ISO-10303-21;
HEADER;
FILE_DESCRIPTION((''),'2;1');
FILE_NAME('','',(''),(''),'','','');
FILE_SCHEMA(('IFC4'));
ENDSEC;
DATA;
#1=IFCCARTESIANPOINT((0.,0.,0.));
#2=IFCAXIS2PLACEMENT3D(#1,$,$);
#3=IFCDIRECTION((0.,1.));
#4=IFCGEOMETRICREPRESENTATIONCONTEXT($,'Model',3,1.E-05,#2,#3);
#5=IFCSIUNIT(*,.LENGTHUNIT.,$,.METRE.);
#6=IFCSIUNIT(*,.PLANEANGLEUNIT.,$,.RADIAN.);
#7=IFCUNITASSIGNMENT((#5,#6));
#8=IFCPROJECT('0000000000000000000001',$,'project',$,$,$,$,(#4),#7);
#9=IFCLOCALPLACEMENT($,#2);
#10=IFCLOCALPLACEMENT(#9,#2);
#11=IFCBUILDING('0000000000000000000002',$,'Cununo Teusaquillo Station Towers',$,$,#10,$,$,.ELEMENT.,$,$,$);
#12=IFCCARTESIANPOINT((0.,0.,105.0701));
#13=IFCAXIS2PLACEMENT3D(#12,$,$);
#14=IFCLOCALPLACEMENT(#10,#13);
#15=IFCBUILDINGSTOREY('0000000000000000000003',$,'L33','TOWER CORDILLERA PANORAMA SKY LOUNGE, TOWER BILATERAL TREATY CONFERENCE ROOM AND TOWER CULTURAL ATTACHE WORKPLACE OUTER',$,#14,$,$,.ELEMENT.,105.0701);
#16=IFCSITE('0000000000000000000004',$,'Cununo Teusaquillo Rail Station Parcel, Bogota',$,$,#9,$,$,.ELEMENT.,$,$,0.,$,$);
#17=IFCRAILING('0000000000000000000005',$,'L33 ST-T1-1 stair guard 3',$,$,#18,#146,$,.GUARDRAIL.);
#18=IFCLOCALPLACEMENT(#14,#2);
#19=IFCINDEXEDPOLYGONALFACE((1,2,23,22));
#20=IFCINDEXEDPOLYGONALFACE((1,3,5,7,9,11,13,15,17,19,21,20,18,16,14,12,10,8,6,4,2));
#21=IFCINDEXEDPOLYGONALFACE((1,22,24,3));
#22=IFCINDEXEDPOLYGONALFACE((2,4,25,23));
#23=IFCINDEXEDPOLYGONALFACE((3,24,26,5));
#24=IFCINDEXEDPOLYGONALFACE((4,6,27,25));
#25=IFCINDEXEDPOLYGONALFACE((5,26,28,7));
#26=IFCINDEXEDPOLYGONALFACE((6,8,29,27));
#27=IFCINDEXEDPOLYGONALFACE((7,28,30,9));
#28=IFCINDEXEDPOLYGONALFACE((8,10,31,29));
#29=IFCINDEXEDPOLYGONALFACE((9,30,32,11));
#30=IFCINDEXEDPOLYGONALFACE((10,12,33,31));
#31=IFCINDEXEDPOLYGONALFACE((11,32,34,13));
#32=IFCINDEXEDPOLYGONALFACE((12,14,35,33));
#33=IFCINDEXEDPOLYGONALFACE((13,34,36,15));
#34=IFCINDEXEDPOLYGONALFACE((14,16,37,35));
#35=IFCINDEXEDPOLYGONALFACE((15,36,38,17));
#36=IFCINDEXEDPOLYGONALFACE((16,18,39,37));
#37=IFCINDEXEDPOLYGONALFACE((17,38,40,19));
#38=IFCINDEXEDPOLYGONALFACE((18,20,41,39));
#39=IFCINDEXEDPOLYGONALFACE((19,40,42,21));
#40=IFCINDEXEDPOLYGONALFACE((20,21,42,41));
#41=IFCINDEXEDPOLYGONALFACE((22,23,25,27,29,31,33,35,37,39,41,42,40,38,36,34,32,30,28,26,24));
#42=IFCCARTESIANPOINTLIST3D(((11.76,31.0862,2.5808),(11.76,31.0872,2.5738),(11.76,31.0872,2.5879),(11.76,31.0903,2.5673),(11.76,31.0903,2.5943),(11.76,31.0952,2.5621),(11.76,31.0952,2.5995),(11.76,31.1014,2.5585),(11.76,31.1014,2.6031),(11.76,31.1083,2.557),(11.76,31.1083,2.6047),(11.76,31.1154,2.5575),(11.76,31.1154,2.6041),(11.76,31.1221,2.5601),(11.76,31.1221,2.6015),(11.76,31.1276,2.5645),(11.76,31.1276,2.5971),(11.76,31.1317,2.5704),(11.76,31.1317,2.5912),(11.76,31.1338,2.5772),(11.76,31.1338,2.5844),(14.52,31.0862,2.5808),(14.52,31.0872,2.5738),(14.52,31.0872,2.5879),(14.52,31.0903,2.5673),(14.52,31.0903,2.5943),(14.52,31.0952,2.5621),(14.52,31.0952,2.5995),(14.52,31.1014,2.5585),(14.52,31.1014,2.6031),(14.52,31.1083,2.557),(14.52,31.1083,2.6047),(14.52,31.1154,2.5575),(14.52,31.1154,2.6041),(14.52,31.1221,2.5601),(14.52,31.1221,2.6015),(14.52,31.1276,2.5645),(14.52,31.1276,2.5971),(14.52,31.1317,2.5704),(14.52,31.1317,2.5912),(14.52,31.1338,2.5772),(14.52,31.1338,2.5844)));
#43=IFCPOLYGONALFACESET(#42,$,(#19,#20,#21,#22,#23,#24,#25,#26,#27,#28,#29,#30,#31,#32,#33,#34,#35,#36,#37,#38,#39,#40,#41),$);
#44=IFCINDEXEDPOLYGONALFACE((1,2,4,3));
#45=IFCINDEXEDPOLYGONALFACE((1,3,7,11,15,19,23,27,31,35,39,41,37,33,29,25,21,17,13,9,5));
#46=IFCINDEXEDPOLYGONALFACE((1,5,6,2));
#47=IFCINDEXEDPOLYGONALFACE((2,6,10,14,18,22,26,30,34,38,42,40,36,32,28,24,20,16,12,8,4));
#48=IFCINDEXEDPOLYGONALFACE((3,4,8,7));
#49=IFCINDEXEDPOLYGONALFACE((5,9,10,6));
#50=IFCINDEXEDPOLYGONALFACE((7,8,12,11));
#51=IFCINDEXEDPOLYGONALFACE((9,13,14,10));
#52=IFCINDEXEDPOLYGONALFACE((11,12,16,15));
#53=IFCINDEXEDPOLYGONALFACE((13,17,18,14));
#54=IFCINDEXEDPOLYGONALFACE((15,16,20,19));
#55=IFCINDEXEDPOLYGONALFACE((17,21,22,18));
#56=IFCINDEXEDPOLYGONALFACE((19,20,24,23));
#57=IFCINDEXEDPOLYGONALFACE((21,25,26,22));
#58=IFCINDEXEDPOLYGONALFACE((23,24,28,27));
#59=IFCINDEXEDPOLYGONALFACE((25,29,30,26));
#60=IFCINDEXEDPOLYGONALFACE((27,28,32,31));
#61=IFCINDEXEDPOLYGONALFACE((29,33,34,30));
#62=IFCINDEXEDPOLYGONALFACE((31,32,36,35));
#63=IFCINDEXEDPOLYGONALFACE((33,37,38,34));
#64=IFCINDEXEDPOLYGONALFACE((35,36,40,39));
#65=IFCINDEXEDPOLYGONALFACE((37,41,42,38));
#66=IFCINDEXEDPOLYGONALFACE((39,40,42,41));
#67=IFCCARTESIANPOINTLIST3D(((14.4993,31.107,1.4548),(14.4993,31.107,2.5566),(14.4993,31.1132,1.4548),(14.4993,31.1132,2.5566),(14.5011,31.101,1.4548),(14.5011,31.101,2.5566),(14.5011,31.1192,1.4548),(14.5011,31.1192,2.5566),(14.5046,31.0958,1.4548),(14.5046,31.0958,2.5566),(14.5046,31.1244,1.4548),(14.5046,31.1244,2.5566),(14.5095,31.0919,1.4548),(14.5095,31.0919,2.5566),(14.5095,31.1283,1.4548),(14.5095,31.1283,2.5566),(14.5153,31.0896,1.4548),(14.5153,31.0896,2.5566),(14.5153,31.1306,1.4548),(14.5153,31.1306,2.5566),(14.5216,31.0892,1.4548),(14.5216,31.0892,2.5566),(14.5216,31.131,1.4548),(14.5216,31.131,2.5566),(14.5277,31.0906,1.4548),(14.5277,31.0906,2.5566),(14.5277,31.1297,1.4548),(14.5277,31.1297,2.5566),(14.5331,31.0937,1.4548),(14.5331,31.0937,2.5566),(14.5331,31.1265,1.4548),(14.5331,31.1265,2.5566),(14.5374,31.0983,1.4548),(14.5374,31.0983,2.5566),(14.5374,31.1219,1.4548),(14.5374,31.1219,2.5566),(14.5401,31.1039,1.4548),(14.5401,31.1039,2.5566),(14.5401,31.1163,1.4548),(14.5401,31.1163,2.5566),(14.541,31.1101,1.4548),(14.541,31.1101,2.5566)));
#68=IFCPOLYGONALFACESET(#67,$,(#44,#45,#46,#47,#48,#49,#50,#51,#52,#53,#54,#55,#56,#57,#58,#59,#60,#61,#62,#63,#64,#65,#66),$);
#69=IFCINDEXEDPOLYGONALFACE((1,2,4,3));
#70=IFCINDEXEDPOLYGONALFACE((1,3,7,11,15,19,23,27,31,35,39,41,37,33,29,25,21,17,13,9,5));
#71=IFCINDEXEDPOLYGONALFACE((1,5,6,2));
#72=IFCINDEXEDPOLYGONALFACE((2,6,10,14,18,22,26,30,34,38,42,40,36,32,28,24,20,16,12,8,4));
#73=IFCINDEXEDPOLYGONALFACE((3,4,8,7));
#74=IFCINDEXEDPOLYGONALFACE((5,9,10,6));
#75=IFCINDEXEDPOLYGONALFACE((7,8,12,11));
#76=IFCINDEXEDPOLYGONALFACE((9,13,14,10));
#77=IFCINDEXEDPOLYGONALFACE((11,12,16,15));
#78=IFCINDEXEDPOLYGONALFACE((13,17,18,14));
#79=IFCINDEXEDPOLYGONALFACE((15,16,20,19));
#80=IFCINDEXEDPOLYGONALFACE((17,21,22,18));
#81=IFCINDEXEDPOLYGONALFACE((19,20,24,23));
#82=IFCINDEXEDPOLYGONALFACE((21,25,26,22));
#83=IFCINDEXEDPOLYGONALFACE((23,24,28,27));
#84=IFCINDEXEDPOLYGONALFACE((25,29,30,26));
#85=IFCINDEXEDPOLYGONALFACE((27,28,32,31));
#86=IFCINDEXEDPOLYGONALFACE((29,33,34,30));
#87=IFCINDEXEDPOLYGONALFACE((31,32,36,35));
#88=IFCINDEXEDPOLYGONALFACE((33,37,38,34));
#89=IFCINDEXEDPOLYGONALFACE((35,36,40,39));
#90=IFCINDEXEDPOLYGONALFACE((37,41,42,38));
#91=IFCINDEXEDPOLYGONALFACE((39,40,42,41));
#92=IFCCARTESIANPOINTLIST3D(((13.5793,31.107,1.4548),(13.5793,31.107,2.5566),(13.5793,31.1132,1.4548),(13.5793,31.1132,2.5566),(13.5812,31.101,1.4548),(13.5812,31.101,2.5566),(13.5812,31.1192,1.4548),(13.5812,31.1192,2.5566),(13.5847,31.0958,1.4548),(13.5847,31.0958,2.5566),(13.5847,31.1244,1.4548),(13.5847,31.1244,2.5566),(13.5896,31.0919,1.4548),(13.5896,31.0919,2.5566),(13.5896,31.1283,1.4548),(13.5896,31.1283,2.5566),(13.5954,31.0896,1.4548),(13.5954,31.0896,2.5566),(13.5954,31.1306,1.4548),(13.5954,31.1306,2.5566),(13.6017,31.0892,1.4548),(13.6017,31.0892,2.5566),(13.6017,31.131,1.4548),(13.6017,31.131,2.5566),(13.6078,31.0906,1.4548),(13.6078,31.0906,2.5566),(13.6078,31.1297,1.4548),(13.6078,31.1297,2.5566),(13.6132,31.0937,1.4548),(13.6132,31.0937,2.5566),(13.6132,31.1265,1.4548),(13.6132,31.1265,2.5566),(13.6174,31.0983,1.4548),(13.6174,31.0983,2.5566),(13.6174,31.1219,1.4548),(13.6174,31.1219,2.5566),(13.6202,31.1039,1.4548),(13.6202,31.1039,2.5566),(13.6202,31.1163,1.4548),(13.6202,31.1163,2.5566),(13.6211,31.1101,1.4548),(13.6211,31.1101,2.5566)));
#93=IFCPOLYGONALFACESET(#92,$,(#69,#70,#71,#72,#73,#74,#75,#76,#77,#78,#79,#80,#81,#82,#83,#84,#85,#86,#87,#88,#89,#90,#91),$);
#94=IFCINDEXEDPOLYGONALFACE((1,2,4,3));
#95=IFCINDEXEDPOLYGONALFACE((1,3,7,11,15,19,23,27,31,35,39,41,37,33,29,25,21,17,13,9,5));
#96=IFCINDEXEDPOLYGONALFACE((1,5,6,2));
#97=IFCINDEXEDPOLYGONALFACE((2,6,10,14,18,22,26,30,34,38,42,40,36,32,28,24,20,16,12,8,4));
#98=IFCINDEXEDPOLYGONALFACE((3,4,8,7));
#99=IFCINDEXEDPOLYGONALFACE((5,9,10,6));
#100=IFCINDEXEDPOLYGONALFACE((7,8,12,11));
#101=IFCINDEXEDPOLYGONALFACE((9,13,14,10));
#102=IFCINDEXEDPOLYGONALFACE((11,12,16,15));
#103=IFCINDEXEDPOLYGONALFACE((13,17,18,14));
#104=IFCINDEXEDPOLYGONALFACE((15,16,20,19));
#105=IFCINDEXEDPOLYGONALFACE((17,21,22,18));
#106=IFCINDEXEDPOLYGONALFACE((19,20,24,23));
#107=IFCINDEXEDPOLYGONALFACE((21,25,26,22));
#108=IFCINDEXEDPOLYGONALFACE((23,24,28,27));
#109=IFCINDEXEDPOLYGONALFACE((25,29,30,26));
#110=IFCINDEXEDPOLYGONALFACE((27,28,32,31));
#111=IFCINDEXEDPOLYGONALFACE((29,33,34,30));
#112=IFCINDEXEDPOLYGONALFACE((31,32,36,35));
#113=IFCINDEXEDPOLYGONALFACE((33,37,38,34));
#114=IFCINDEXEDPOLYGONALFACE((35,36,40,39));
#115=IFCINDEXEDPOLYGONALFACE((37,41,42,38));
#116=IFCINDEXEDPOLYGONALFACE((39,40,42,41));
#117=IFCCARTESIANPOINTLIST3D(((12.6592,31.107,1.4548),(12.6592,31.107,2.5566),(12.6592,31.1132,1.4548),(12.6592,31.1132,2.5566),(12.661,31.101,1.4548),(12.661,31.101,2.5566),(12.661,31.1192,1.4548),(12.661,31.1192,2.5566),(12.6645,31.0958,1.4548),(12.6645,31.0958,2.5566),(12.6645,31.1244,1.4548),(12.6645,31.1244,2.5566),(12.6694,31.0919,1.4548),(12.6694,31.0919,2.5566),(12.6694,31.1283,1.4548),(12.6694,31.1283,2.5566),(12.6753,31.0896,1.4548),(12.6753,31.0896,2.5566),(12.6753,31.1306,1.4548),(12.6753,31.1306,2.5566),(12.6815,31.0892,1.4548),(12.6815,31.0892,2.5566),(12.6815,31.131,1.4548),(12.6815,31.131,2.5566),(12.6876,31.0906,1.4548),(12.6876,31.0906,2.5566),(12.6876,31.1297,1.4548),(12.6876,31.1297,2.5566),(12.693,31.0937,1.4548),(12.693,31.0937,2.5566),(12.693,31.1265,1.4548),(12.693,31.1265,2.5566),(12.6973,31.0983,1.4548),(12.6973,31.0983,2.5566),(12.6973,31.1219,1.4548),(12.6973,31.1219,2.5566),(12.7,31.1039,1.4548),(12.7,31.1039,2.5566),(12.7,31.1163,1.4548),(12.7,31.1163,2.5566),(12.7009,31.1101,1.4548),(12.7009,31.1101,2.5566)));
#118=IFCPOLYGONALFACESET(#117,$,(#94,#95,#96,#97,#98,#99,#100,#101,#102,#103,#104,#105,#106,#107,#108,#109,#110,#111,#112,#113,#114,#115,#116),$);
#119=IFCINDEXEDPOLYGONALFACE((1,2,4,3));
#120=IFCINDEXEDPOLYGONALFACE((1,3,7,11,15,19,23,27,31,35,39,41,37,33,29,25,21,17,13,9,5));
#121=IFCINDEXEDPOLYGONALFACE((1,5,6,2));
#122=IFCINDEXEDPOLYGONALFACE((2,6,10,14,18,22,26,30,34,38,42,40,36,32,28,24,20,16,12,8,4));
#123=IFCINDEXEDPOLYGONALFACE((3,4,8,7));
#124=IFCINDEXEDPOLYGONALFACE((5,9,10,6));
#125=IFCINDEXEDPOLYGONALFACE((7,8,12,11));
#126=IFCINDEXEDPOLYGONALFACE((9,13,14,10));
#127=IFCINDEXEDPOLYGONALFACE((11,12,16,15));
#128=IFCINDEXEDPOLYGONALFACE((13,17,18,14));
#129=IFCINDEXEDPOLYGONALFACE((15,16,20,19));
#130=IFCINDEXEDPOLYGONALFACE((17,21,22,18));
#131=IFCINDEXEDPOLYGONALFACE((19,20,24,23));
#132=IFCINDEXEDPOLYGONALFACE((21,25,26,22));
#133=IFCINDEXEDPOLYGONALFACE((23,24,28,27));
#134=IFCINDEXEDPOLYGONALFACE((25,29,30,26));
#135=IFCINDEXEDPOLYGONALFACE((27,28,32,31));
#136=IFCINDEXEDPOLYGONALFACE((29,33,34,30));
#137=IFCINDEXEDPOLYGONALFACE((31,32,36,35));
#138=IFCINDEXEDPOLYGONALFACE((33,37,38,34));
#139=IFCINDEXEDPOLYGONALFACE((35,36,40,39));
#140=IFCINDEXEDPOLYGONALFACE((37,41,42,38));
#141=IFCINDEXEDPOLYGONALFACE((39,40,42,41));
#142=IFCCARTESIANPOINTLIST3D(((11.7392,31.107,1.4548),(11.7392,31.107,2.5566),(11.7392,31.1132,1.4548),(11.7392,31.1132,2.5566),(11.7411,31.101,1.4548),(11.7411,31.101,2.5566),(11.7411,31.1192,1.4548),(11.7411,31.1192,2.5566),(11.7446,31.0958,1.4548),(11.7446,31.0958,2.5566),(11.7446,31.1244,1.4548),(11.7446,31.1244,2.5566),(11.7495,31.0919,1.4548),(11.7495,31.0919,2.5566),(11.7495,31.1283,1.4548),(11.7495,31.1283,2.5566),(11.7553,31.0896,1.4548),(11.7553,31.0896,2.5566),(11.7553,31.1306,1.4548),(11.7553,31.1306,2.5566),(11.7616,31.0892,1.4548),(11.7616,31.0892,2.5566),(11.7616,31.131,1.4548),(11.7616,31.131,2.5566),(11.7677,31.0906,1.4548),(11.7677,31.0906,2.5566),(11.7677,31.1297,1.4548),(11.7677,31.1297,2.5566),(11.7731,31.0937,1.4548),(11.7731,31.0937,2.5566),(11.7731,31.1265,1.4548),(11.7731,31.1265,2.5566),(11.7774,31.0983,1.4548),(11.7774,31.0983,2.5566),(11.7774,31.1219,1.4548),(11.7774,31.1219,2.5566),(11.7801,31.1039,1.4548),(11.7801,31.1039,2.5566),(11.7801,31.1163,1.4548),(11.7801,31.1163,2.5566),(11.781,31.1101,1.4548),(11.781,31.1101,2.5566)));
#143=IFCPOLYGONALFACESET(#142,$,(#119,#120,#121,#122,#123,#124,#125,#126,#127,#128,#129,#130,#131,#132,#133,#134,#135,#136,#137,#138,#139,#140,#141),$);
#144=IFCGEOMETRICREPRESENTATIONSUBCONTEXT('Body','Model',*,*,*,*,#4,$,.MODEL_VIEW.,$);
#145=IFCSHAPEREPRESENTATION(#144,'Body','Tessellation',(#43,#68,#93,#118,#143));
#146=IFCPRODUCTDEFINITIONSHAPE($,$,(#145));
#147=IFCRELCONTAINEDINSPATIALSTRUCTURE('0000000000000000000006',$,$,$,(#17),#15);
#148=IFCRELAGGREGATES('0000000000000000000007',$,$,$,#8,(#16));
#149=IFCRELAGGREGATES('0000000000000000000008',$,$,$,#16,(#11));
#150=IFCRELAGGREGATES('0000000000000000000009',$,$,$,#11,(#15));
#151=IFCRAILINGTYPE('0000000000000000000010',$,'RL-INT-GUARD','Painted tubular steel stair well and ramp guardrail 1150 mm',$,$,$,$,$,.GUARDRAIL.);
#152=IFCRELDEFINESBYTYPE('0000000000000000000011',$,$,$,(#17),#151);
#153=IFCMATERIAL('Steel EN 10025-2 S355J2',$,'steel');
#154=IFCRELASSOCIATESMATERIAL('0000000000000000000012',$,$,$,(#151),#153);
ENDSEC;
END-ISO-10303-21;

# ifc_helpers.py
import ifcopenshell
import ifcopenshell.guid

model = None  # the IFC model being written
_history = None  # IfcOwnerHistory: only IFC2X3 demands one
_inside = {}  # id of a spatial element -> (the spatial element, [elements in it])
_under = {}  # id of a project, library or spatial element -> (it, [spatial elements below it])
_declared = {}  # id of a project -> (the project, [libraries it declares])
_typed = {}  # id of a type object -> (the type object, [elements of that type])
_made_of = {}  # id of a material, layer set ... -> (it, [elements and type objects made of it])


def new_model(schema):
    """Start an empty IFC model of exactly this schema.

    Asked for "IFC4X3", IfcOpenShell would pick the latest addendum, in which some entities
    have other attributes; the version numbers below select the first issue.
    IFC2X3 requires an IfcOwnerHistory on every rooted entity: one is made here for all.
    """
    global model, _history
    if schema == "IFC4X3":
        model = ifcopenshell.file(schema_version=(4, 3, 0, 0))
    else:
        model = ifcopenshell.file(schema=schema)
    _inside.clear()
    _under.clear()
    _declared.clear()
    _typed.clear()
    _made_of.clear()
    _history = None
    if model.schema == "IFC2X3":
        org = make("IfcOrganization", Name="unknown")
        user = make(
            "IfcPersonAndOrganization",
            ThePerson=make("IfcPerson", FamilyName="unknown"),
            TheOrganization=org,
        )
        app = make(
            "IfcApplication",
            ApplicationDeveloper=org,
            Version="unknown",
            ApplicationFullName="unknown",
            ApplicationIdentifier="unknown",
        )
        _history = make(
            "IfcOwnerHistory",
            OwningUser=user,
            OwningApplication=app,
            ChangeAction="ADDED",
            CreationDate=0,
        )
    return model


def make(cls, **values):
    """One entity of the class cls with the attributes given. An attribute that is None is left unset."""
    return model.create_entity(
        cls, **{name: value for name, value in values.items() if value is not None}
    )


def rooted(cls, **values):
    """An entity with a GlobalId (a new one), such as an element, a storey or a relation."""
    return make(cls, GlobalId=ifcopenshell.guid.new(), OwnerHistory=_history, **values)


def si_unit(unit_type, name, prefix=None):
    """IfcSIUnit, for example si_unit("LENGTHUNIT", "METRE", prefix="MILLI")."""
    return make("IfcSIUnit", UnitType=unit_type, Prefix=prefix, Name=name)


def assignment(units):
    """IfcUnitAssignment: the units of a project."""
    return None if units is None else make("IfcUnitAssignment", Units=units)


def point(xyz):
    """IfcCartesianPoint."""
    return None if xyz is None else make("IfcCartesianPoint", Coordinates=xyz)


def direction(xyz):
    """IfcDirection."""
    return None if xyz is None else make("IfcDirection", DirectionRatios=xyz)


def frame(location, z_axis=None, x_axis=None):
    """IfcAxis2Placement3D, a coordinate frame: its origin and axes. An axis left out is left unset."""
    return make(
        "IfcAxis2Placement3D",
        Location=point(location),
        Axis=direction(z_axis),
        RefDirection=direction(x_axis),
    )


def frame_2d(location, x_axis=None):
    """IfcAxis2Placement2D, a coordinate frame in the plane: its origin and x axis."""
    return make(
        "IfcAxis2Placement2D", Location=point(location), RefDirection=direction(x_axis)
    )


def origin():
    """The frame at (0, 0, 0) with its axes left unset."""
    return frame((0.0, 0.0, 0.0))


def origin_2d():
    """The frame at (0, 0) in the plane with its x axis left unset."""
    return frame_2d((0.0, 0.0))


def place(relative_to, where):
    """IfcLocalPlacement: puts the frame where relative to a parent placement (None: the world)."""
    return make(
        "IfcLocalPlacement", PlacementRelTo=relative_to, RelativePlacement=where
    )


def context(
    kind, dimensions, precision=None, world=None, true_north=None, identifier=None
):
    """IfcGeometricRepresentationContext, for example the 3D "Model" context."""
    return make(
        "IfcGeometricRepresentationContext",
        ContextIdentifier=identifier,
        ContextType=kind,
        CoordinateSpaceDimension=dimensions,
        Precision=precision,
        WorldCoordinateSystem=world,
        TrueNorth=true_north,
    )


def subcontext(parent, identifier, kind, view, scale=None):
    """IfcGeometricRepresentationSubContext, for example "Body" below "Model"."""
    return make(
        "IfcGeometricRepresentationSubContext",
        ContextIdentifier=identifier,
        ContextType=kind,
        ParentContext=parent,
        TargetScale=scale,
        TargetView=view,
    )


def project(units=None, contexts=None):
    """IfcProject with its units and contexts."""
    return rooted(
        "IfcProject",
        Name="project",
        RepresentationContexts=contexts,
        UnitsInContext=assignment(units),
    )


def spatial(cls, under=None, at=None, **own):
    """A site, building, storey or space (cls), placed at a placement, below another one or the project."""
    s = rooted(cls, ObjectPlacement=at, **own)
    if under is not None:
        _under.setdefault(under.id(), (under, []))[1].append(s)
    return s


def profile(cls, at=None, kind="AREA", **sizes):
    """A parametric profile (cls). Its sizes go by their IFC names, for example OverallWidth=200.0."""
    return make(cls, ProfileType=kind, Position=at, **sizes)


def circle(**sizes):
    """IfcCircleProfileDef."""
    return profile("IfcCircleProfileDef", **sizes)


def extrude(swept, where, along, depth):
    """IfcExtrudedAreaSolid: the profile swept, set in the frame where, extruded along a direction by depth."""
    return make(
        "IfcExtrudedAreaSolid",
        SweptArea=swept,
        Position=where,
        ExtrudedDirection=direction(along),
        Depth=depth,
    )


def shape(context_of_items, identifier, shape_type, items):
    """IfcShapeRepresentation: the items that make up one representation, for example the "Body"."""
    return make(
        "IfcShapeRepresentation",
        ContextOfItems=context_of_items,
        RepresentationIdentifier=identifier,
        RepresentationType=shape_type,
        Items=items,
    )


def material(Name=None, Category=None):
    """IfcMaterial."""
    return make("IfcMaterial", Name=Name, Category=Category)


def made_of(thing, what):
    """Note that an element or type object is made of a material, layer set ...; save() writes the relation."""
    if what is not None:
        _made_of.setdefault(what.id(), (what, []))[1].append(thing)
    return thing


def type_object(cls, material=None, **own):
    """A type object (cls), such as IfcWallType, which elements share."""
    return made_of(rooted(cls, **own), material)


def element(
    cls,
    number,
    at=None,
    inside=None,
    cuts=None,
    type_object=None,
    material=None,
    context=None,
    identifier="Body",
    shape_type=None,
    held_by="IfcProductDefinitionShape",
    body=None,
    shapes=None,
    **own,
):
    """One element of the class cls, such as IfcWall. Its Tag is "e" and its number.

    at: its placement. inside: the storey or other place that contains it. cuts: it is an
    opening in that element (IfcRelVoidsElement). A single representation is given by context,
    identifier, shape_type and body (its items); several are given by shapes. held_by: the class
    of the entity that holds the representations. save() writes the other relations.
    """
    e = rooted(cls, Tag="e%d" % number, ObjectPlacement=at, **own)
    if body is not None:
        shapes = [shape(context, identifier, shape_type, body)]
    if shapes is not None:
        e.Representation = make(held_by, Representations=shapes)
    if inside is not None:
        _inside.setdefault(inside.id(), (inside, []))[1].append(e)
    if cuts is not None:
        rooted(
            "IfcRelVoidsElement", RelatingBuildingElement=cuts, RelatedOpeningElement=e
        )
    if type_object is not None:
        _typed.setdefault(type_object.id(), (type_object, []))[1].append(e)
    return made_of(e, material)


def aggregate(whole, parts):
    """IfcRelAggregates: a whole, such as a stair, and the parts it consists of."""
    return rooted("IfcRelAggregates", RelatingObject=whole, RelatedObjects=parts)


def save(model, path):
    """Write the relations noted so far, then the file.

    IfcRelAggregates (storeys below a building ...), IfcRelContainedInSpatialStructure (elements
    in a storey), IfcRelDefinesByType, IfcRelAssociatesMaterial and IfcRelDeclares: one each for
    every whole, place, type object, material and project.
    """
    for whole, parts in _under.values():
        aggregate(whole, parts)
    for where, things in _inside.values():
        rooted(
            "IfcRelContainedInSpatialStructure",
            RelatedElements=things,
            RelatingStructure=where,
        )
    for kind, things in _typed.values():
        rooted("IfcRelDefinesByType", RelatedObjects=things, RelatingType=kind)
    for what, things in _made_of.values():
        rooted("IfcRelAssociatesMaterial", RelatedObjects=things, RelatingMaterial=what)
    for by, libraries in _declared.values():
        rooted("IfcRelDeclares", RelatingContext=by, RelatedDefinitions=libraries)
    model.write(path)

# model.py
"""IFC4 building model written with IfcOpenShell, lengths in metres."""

from ifc_helpers import new_model, si_unit, direction, frame, origin, origin_2d, place, context, subcontext, project, spatial, circle, extrude, material, type_object, element, save


model = new_model("IFC4")

# Units and contexts
model_context = context("Model", 3, precision=1e-05, world=origin(), true_north=direction((0.0, 1.0)))
body_context = subcontext(model_context, "Body", "Model", "MODEL_VIEW")
ifc_project = project(units=[si_unit("LENGTHUNIT", "METRE"), si_unit("PLANEANGLEUNIT", "RADIAN")], contexts=[model_context])

# Site, building, storey
site_placement = place(None, origin())
site = spatial("IfcSite", under=ifc_project, at=site_placement, Name="Cununo Teusaquillo Rail Station Parcel, Bogota", CompositionType="ELEMENT", RefElevation=0.0)
building_placement = place(site_placement, origin())
building = spatial("IfcBuilding", under=site, at=building_placement, Name="Cununo Teusaquillo Station Towers", CompositionType="ELEMENT")
storey_placement = place(building_placement, frame((0.0, 0.0, 105.0701)))
storey = spatial("IfcBuildingStorey", under=building, at=storey_placement, Name="L33", Description="TOWER CORDILLERA PANORAMA SKY LOUNGE, TOWER BILATERAL TREATY CONFERENCE ROOM AND TOWER CULTURAL ATTACHE WORKPLACE OUTER", CompositionType="ELEMENT", Elevation=105.0701)

# Railing
ifc_material_1 = material(Name="Steel EN 10025-2 S355J2", Category="steel")
railing_type_1 = type_object("IfcRailingType", Name="RL-INT-GUARD", Description="Painted tubular steel stair well and ramp guardrail 1150 mm", PredefinedType="GUARDRAIL", material=ifc_material_1)
railing_1_placement = place(storey_placement, frame((14.52, 31.1101, 1.4548)))
element("IfcRailing", 1, at=railing_1_placement, inside=storey, type_object=railing_type_1, Name="L33 ST-T1-1 stair guard 3", PredefinedType="GUARDRAIL", context=body_context, shape_type="SweptSolid", body=[
    extrude(circle(Radius=0.0239, at=origin_2d()), frame((0.0, 0.0, 1.126), z_axis=(-1.0, 0.0, 0.0), x_axis=(0.0, -1.0, 0.0)), (0.0, 0.0, 1.0), 2.76),
    extrude(circle(Radius=0.021, at=origin_2d()), origin(), (0.0, 0.0, 1.0), 1.1018),
    extrude(circle(Radius=0.021, at=origin_2d()), frame((-0.9199, 0.0, 0.0)), (0.0, 0.0, 1.0), 1.1018),
    extrude(circle(Radius=0.021, at=origin_2d()), frame((-1.8401, 0.0, 0.0)), (0.0, 0.0, 1.0), 1.1018),
    extrude(circle(Radius=0.021, at=origin_2d()), frame((-2.76, 0.0, 0.0)), (0.0, 0.0, 1.0), 1.1018),
])

save(model, "model.ifc")
